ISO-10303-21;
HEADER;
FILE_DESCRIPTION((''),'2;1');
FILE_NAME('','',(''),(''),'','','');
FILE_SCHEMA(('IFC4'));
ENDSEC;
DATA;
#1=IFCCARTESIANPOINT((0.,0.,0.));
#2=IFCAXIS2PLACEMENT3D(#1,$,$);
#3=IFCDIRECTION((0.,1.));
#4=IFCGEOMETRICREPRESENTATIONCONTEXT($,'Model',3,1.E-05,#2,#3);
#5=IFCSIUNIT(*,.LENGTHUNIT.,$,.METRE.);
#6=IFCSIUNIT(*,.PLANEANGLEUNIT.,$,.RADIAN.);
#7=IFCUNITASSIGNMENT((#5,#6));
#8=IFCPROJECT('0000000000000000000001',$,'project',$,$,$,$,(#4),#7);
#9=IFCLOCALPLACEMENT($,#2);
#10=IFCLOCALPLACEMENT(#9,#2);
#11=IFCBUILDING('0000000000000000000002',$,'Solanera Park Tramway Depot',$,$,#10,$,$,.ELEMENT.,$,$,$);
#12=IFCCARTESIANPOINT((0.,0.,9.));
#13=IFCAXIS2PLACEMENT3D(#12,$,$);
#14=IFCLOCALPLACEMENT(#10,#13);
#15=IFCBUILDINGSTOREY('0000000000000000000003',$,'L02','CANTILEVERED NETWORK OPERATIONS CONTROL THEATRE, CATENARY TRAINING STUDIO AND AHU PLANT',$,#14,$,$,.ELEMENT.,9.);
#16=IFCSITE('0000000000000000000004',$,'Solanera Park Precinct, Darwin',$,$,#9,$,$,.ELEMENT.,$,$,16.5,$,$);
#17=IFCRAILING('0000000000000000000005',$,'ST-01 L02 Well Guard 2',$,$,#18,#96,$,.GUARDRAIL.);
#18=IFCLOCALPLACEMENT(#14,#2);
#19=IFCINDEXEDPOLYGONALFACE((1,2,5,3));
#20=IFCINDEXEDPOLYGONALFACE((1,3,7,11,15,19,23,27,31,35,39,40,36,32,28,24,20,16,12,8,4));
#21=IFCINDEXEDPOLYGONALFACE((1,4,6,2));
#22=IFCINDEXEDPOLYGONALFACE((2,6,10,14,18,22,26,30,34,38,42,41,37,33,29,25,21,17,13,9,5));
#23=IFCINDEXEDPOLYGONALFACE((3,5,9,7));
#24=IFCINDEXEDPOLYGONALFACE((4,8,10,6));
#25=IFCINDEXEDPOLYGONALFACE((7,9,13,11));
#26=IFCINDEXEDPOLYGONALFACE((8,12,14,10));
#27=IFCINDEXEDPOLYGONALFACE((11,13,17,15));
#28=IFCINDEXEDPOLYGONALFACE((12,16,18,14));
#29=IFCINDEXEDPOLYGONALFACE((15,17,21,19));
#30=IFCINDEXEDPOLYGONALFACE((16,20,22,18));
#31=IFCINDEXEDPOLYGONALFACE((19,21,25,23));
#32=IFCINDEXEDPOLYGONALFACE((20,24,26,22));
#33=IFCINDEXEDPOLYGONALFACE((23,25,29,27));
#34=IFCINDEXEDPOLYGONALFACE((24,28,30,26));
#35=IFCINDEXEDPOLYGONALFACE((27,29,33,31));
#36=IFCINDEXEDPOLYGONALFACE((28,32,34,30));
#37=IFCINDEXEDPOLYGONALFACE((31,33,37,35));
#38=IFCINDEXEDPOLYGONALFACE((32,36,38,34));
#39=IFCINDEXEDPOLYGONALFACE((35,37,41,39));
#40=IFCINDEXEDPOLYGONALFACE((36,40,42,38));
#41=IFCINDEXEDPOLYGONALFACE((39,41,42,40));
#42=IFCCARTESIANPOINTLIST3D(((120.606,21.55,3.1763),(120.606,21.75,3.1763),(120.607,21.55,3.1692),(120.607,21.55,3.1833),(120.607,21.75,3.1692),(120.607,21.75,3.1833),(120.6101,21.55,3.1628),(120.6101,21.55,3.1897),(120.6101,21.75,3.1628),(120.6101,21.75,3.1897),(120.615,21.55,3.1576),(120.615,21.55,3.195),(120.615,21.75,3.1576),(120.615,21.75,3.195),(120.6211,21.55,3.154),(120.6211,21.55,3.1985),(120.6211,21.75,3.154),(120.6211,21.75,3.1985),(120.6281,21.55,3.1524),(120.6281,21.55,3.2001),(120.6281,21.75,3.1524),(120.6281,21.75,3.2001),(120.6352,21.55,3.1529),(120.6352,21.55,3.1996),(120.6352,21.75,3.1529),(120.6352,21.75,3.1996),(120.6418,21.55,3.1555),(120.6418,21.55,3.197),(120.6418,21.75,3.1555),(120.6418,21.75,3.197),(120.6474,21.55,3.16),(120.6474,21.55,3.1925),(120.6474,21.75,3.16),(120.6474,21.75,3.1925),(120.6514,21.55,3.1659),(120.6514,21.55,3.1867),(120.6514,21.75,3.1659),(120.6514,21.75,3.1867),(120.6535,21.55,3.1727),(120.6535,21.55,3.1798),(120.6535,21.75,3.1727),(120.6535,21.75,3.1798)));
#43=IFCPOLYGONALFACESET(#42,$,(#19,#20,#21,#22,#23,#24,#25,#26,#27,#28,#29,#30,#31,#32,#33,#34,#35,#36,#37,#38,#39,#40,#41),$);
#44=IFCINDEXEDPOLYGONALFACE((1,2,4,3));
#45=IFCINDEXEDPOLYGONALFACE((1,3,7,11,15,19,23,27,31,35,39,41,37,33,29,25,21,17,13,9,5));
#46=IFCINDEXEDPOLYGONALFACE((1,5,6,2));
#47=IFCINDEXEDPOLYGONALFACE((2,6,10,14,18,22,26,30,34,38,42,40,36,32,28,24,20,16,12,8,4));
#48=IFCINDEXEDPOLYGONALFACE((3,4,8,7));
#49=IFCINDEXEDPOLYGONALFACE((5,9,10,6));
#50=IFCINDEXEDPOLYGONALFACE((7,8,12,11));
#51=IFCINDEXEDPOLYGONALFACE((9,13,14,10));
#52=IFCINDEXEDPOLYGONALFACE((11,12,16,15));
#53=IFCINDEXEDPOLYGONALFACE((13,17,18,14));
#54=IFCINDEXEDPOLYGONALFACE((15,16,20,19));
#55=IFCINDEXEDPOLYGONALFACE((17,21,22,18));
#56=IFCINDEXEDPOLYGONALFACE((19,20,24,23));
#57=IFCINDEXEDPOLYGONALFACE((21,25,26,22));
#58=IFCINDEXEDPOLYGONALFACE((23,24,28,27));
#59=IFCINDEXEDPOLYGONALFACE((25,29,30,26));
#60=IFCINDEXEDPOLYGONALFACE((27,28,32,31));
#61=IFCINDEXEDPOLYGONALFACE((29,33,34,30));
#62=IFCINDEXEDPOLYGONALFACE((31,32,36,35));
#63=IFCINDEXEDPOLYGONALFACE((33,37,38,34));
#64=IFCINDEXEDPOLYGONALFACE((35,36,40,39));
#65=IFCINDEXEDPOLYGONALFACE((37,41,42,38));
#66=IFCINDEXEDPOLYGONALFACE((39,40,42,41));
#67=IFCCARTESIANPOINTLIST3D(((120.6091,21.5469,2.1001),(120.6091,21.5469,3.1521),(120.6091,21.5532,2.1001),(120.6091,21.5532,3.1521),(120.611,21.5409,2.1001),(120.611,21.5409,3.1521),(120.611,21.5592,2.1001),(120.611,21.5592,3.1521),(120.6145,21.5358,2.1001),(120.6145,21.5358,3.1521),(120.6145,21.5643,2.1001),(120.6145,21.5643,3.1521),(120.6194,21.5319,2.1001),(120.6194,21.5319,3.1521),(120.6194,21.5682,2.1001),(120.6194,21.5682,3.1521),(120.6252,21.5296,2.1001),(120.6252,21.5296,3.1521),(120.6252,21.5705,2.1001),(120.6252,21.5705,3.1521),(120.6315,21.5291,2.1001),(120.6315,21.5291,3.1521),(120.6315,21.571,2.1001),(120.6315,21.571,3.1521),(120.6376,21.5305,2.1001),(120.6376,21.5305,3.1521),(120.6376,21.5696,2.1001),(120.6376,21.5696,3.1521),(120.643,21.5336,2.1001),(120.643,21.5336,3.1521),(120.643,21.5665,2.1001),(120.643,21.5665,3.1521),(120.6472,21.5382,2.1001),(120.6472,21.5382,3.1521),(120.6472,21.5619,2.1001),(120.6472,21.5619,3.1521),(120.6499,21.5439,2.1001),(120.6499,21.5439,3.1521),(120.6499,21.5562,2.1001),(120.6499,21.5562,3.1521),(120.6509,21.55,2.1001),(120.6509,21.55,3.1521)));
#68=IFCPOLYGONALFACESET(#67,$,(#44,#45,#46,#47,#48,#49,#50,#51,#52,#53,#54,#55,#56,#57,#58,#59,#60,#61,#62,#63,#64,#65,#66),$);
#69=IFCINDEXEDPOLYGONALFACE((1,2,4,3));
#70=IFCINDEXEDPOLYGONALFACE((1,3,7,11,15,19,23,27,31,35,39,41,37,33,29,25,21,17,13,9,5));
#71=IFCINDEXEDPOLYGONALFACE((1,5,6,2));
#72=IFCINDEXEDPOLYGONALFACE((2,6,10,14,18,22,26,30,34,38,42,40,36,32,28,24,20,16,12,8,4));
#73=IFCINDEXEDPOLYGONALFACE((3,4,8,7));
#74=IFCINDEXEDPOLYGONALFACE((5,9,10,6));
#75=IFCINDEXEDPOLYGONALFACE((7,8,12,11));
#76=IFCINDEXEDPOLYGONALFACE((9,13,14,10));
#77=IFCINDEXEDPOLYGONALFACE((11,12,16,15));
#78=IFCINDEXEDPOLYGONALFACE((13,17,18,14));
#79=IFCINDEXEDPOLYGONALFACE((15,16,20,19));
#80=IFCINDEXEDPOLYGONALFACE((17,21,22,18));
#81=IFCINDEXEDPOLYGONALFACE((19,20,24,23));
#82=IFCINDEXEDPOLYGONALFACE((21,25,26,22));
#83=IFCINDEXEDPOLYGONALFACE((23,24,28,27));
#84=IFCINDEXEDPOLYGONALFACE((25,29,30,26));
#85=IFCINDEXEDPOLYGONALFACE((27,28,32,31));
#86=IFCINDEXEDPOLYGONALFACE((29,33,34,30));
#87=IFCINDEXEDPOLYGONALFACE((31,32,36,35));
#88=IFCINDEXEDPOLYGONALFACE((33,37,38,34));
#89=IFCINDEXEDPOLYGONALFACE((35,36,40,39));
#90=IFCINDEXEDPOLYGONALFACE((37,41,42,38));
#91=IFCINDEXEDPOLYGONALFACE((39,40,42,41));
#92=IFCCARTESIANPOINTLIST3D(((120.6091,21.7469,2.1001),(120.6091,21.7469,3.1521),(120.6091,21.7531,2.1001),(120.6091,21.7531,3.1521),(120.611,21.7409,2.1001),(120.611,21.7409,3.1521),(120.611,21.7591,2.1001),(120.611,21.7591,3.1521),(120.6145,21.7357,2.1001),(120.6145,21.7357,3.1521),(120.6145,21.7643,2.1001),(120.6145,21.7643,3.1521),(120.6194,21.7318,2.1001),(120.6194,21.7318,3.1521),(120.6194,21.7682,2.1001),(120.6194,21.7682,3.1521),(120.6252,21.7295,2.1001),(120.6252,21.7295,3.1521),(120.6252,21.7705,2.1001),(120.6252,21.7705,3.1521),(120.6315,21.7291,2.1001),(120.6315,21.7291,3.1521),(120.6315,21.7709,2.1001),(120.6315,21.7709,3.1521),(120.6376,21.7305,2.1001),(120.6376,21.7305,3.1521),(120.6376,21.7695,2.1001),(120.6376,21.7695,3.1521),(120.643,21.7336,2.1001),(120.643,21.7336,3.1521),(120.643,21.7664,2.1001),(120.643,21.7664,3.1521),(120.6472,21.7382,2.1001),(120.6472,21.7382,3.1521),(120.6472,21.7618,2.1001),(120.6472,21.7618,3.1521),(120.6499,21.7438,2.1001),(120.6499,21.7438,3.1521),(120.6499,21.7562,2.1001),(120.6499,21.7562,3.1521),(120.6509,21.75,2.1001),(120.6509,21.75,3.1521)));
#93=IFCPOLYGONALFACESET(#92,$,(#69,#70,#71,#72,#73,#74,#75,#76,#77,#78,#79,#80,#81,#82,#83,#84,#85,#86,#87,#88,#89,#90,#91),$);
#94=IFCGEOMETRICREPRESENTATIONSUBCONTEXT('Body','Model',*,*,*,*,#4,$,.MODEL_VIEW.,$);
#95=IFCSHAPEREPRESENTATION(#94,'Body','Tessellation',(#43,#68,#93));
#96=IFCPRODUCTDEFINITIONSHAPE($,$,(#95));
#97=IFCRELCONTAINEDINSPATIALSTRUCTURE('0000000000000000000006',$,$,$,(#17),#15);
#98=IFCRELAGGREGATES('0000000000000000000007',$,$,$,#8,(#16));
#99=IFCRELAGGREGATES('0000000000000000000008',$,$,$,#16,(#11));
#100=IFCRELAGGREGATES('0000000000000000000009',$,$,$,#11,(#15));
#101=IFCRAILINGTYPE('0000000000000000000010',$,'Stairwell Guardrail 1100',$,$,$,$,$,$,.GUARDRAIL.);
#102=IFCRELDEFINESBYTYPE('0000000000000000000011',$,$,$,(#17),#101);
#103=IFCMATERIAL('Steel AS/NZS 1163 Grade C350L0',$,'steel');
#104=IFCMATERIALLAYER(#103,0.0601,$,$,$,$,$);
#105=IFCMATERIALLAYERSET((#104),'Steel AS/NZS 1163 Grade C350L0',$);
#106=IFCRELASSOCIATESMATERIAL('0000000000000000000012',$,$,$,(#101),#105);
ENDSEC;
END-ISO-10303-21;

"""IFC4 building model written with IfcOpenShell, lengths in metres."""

from ifc_helpers import new_model, si_unit, direction, frame, origin, origin_2d, place, context, subcontext, project, spatial, circle, extrude, material, layer, layer_set, type_object, element, save


model = new_model("IFC4")

# Units and contexts
model_context = context("Model", 3, precision=1e-05, world=origin(), true_north=direction((0.0, 1.0)))
body_context = subcontext(model_context, "Body", "Model", "MODEL_VIEW")
ifc_project = project(units=[si_unit("LENGTHUNIT", "METRE"), si_unit("PLANEANGLEUNIT", "RADIAN")], contexts=[model_context])

# Site, building, storey
site_placement = place(None, origin())
site = spatial("IfcSite", under=ifc_project, at=site_placement, Name="Solanera Park Precinct, Darwin", CompositionType="ELEMENT", RefElevation=16.5)
building_placement = place(site_placement, origin())
building = spatial("IfcBuilding", under=site, at=building_placement, Name="Solanera Park Tramway Depot", CompositionType="ELEMENT")
storey_placement = place(building_placement, frame((0.0, 0.0, 9.0)))
storey = spatial("IfcBuildingStorey", under=building, at=storey_placement, Name="L02", Description="CANTILEVERED NETWORK OPERATIONS CONTROL THEATRE, CATENARY TRAINING STUDIO AND AHU PLANT", CompositionType="ELEMENT", Elevation=9.0)

# Railing
ifc_material_1 = material(Name="Steel AS/NZS 1163 Grade C350L0", Category="steel")
ifc_layer_1 = layer(ifc_material_1, 0.0601)
ifc_layer_set_1 = layer_set([ifc_layer_1], Name="Steel AS/NZS 1163 Grade C350L0")
railing_type_1 = type_object("IfcRailingType", Name="Stairwell Guardrail 1100", PredefinedType="GUARDRAIL", material=ifc_layer_set_1)
railing_1_placement = place(storey_placement, frame((120.6299, 21.55, 2.1001)))
element("IfcRailing", 1, at=railing_1_placement, inside=storey, type_object=railing_type_1, Name="ST-01 L02 Well Guard 2", PredefinedType="GUARDRAIL", context=body_context, shape_type="SweptSolid", body=[
    extrude(circle(Radius=0.0239, at=origin_2d()), frame((0.0, 0.0, 1.0762), z_axis=(0.0, 1.0, 0.0), x_axis=(-1.0, 0.0, 0.0)), (0.0, 0.0, 1.0), 0.2),
    extrude(circle(Radius=0.021, at=origin_2d()), origin(), (0.0, 0.0, 1.0), 1.052),
    extrude(circle(Radius=0.021, at=origin_2d()), frame((0.0, 0.2, 0.0)), (0.0, 0.0, 1.0), 1.052),
])

save(model, "model.ifc")
